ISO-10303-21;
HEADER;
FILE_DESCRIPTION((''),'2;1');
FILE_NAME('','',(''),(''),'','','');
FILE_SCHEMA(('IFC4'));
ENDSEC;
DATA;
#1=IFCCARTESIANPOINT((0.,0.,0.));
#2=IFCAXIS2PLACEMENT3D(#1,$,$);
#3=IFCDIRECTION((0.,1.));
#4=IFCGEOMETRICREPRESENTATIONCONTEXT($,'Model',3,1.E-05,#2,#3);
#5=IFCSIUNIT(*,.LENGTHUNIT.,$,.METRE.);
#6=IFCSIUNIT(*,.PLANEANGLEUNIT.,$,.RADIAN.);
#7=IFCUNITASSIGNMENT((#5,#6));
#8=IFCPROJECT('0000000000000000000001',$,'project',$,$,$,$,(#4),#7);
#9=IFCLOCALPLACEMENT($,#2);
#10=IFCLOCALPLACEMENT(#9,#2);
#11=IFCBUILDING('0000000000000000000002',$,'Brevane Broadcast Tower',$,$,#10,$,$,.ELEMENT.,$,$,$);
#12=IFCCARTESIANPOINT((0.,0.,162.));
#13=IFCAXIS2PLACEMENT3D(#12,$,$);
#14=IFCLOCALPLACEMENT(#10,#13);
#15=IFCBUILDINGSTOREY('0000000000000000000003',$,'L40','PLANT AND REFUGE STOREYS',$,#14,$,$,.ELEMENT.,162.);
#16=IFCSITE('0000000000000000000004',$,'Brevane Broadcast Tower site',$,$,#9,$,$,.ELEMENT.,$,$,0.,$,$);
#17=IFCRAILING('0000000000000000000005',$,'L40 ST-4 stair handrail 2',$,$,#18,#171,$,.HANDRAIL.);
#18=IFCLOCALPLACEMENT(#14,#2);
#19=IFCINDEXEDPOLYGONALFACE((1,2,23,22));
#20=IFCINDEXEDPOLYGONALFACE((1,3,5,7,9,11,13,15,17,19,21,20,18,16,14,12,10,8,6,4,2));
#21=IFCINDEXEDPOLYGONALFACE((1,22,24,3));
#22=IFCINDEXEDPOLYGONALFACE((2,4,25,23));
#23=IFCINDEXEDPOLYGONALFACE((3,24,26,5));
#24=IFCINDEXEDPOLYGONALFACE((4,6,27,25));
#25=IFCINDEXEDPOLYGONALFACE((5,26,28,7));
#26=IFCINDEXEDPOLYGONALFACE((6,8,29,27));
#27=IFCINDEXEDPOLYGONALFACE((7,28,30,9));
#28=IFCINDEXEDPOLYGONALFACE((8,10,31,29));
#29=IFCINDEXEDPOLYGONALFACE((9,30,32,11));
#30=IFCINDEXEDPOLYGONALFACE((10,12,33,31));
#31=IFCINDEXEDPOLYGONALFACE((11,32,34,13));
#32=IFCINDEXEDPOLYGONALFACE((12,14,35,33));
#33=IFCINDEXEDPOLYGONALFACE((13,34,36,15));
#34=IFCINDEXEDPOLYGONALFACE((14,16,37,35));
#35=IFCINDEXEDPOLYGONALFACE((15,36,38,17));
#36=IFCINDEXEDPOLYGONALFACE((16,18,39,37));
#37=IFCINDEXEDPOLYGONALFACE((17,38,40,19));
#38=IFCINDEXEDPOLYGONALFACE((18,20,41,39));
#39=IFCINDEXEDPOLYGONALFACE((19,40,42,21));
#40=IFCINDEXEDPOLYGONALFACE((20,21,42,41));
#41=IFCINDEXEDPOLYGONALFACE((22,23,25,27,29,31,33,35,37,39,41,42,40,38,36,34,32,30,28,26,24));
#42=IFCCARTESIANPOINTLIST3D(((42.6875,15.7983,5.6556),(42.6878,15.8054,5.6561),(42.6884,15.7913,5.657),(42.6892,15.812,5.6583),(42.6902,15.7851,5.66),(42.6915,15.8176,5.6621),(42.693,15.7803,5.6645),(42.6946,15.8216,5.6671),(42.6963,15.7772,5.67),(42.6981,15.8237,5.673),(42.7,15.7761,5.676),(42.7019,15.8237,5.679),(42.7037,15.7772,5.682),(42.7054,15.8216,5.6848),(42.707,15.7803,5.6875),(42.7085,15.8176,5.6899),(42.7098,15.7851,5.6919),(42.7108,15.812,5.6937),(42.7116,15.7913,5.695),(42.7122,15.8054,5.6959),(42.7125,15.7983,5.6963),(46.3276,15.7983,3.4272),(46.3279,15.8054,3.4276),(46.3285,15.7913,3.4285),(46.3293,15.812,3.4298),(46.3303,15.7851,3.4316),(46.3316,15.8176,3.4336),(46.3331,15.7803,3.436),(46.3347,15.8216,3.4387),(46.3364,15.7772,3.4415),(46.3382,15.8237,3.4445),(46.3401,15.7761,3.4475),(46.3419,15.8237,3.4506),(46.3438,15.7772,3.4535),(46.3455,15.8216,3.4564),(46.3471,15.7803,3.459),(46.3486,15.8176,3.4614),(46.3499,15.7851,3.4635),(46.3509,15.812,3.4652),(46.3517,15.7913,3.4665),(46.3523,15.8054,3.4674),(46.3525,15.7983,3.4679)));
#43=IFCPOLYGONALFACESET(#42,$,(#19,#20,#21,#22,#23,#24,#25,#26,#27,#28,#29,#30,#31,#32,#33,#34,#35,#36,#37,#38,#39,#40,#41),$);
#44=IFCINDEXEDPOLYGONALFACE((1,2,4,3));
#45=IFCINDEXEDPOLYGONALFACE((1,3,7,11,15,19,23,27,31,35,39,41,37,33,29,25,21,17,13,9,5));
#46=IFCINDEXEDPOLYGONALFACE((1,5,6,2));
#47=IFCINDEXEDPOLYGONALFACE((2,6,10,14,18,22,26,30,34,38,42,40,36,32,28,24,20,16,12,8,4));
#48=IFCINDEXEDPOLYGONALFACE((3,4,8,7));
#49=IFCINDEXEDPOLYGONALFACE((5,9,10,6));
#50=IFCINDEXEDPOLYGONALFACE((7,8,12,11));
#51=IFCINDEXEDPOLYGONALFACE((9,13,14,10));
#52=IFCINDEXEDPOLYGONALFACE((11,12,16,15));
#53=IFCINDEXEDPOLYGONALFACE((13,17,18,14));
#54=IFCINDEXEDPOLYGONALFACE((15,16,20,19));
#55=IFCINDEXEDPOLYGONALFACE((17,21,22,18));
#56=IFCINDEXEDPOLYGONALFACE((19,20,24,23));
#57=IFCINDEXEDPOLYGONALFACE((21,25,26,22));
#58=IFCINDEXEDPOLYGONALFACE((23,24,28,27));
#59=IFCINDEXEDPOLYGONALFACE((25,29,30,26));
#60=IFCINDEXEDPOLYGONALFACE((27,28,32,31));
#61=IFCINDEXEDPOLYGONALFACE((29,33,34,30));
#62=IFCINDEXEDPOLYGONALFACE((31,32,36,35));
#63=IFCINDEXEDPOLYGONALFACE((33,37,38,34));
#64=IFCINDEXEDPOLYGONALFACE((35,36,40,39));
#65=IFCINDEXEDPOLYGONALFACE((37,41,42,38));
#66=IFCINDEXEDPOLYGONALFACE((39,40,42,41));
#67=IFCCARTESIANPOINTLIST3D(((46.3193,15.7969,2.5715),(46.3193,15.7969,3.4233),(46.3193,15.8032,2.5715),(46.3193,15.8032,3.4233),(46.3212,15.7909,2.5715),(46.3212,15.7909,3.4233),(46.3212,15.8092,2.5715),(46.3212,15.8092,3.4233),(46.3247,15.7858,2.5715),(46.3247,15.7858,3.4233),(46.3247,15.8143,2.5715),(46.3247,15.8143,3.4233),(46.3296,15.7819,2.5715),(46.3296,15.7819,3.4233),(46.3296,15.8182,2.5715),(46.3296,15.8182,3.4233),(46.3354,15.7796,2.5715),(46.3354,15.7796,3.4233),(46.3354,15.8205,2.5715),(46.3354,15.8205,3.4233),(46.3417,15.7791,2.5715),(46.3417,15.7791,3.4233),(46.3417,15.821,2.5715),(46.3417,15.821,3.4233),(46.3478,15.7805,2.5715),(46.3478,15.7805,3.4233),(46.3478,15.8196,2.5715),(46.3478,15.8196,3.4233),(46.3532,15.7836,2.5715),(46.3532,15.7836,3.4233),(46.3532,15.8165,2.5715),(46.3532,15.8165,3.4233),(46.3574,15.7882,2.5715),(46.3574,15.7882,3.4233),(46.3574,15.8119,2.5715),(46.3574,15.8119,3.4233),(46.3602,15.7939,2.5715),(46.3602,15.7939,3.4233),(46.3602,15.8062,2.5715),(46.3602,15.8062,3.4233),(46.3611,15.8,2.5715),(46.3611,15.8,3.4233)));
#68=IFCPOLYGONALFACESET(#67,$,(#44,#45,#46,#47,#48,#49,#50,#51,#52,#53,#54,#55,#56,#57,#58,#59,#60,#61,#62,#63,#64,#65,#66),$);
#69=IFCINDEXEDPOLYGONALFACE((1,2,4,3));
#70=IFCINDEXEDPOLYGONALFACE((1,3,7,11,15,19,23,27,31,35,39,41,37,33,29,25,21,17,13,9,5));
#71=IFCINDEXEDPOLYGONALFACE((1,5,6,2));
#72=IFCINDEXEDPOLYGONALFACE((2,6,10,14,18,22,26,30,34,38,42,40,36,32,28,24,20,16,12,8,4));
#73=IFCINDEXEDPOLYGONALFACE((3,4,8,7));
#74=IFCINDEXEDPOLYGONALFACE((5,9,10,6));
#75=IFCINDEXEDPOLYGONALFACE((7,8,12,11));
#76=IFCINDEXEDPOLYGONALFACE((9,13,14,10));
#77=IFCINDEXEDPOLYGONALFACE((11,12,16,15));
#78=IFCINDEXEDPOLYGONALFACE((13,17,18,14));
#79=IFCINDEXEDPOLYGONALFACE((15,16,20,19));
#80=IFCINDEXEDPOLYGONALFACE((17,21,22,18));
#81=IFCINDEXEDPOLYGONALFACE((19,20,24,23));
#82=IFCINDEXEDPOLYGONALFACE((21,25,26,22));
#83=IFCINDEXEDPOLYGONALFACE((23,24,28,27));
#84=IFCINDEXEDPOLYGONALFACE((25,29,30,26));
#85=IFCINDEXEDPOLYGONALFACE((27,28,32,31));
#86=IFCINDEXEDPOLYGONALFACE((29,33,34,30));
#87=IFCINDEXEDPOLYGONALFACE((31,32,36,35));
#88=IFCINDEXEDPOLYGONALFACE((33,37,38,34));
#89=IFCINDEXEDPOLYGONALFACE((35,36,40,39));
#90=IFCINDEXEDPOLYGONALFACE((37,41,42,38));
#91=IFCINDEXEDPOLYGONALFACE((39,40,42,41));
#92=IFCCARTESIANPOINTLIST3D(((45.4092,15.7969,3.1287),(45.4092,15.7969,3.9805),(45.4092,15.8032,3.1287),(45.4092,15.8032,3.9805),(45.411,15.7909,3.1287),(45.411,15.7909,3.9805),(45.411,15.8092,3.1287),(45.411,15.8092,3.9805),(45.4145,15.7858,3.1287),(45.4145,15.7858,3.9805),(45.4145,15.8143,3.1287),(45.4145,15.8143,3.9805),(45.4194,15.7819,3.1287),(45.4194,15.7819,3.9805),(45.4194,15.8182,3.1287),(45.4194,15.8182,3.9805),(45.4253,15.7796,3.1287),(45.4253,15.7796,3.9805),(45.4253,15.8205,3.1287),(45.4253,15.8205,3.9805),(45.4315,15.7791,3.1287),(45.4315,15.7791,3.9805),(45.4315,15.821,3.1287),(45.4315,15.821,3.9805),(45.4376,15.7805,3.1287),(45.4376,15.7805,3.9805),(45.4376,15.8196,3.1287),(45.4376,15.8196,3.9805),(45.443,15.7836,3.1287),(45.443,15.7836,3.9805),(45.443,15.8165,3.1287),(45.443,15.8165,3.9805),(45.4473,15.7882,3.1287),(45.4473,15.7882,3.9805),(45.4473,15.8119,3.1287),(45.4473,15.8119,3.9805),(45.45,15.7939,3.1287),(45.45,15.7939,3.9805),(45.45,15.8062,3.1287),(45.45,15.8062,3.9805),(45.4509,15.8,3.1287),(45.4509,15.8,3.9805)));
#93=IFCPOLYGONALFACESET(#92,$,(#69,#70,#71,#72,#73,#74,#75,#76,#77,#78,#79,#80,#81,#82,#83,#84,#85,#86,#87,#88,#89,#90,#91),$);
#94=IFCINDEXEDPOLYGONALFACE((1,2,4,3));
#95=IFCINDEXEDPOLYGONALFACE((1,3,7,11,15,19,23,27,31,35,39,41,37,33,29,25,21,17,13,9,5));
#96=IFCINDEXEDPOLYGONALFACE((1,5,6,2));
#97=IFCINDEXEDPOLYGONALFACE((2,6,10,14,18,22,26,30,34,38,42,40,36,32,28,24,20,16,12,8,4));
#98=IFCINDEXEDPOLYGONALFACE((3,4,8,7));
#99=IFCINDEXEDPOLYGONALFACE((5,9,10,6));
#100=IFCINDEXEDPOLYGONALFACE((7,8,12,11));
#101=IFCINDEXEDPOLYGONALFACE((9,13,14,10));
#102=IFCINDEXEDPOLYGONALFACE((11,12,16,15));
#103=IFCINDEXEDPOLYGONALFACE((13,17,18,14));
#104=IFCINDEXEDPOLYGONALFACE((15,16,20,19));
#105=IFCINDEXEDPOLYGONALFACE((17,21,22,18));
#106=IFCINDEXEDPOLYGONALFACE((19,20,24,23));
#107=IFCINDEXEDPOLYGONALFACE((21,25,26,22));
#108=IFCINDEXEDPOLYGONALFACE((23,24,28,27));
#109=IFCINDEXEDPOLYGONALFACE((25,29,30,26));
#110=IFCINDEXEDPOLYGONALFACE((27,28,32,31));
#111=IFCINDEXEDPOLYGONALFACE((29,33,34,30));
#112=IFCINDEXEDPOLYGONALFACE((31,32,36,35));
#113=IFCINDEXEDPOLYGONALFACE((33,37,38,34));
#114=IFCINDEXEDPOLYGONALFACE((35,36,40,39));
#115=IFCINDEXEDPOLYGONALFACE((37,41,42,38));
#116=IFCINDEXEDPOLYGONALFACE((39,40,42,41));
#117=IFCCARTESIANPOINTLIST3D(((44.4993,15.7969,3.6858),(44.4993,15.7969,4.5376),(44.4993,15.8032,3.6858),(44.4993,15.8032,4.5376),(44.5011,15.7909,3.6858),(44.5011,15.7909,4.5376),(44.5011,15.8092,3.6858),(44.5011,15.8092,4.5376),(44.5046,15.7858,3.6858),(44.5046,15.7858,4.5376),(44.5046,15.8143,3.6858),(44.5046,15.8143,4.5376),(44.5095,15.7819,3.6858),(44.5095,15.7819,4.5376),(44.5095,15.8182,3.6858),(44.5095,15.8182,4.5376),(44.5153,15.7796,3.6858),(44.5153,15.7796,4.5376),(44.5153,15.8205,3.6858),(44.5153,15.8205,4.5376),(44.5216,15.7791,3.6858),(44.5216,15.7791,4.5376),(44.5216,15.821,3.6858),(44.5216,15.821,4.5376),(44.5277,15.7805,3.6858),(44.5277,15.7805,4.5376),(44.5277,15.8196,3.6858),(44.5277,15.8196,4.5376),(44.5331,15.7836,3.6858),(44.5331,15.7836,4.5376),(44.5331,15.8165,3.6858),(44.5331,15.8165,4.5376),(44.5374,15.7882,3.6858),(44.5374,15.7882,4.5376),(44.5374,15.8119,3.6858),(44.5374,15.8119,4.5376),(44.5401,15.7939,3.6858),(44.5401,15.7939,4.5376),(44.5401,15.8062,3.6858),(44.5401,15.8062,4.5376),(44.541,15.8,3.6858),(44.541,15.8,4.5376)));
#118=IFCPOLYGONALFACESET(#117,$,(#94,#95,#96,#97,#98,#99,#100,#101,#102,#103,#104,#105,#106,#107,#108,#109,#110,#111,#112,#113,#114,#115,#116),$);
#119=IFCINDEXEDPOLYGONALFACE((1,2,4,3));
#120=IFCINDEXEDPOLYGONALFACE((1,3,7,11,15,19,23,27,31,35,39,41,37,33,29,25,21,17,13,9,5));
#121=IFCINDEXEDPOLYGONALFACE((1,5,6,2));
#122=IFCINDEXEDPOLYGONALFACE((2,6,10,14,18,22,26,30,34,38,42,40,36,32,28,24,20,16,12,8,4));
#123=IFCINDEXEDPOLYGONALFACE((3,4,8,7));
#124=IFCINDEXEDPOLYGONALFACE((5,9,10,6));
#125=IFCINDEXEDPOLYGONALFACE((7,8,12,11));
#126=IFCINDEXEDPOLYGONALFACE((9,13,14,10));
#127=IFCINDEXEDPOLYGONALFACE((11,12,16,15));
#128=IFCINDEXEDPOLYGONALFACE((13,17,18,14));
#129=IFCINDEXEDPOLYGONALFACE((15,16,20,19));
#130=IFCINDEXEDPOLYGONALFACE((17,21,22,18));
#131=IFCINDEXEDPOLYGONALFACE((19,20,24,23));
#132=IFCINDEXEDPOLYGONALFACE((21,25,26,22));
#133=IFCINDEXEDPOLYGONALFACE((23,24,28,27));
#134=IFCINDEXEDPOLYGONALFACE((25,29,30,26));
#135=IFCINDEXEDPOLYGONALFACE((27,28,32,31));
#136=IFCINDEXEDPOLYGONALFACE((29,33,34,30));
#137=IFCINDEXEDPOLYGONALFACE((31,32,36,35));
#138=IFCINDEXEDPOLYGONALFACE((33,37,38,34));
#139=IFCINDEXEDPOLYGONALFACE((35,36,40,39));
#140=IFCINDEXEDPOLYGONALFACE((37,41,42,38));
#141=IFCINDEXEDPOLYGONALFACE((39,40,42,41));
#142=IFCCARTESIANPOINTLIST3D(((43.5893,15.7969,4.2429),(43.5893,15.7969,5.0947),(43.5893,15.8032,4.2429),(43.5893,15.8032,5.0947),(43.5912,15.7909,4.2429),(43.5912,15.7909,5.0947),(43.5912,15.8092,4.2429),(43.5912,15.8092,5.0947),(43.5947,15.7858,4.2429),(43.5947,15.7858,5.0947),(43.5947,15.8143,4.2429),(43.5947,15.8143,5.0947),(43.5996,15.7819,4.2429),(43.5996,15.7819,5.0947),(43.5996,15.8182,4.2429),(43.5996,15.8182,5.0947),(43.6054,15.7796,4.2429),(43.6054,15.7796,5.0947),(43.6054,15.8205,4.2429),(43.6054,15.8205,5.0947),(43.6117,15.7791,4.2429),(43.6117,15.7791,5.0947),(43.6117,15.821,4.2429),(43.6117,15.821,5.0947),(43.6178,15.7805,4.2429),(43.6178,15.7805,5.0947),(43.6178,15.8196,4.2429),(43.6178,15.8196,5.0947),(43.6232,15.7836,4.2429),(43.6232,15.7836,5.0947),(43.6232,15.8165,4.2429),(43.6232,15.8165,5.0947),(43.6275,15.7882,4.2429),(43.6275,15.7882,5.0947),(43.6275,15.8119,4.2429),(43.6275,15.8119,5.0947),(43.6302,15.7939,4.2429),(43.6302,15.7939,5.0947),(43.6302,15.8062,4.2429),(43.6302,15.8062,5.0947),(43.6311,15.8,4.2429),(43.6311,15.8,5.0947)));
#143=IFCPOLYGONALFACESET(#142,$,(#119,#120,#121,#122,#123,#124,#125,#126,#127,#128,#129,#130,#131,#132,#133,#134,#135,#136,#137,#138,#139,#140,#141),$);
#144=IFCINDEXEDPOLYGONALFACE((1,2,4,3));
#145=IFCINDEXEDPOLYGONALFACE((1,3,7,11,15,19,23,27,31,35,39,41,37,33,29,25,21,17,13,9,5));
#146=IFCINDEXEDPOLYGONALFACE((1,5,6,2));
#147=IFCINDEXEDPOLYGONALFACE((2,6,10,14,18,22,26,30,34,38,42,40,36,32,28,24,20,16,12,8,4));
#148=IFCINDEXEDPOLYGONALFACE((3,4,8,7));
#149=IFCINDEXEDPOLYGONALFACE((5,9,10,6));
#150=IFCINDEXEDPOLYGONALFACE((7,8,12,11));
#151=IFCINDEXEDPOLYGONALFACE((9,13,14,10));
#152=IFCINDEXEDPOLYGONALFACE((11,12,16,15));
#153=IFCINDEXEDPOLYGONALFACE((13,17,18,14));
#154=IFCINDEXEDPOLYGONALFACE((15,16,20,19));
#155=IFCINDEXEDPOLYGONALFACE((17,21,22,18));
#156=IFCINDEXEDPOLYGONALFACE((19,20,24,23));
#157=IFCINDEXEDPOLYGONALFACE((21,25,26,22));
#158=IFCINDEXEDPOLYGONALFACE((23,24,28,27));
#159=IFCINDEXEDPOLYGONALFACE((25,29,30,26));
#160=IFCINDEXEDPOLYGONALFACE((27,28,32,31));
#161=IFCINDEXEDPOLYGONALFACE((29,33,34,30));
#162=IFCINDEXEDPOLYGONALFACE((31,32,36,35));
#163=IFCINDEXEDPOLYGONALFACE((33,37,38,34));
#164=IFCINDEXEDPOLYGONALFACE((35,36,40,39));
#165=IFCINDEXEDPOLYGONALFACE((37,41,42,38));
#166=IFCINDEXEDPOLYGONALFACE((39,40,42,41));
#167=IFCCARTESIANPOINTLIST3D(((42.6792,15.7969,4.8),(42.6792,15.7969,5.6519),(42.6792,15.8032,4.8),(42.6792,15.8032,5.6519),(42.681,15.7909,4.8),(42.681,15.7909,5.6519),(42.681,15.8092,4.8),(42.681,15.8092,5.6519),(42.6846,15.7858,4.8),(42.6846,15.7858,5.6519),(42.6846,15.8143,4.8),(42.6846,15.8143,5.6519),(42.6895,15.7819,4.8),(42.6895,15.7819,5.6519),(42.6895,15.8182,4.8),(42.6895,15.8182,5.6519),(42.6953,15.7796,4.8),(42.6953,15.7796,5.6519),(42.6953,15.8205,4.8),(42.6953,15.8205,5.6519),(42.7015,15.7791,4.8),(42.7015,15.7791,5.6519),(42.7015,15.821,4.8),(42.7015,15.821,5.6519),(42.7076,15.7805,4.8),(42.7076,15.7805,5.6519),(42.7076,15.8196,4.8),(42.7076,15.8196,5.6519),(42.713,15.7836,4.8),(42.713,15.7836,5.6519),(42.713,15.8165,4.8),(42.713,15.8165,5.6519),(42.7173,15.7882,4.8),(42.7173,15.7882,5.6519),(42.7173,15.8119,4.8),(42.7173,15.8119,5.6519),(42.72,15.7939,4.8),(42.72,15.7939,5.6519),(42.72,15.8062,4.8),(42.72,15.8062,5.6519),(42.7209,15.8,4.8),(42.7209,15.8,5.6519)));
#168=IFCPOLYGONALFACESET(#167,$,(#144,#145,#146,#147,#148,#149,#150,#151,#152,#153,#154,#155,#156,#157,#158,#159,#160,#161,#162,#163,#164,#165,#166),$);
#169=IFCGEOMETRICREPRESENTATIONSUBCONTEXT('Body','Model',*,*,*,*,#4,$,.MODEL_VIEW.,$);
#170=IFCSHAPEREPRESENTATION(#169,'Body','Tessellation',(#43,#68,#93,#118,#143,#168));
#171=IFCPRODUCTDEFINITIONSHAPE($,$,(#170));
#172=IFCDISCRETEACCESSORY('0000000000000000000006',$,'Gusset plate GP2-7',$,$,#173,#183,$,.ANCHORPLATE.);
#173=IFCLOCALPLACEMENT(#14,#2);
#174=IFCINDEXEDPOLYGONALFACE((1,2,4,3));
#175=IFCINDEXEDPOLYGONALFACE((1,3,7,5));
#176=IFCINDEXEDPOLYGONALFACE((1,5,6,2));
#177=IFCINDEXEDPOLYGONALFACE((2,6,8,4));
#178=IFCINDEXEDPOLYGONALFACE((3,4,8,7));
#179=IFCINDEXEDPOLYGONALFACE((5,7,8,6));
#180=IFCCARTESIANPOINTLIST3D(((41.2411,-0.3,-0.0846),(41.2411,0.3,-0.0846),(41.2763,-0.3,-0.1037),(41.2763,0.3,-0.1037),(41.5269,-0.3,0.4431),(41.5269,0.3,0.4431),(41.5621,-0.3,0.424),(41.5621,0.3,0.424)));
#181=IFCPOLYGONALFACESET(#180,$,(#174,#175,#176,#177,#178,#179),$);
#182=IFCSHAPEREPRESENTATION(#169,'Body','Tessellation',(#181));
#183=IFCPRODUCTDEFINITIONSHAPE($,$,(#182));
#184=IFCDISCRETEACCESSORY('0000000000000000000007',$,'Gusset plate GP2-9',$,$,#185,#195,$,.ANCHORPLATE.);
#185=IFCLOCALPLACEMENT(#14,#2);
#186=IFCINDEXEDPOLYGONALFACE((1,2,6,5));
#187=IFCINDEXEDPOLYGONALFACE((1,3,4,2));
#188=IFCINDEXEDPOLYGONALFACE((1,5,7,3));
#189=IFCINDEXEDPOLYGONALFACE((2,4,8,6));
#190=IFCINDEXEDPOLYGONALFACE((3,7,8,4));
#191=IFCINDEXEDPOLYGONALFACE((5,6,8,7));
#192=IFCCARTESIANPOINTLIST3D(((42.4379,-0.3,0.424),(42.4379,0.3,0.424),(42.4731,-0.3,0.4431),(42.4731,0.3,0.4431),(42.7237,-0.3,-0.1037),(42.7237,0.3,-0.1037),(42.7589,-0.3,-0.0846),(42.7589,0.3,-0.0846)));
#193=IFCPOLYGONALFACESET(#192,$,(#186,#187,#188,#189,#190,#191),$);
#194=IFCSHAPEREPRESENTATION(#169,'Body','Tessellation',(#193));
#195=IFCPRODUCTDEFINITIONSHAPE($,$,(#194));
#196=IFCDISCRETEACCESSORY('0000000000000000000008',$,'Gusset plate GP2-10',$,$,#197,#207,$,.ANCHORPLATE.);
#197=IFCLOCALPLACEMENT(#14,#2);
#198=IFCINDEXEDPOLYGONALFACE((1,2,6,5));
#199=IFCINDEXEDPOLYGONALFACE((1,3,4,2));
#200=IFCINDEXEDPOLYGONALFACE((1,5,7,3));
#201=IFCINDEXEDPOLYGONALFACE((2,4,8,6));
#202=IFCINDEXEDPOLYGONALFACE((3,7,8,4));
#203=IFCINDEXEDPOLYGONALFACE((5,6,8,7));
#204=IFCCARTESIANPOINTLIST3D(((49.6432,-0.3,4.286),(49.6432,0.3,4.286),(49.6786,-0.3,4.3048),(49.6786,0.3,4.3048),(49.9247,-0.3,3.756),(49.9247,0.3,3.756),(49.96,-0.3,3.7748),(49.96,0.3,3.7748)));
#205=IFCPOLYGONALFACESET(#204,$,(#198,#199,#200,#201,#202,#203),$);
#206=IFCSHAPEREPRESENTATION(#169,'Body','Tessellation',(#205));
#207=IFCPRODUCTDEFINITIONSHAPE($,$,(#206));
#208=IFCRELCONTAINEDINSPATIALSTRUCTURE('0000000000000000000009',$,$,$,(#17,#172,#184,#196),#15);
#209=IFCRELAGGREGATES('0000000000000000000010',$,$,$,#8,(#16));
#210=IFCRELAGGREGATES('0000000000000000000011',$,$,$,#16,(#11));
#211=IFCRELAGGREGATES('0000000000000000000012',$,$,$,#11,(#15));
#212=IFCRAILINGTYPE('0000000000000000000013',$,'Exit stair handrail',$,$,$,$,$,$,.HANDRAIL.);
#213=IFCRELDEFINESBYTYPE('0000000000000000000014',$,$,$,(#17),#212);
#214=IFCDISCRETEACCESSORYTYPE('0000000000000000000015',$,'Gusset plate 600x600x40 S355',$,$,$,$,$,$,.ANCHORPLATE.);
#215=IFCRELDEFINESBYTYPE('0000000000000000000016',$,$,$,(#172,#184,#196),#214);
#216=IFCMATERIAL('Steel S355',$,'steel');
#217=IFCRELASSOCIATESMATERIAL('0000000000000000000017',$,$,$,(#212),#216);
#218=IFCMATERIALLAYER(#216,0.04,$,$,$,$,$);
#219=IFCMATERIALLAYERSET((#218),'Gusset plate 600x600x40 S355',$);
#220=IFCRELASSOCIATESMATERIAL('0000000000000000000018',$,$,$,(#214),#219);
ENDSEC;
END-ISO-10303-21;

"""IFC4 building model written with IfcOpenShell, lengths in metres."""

from ifc_helpers import new_model, si_unit, direction, frame, origin, origin_2d, place, context, subcontext, project, spatial, rectangle, circle, extrude, material, layer, layer_set, type_object, element, save


model = new_model("IFC4")

# Units and contexts
model_context = context("Model", 3, precision=1e-05, world=origin(), true_north=direction((0.0, 1.0)))
body_context = subcontext(model_context, "Body", "Model", "MODEL_VIEW")
ifc_project = project(units=[si_unit("LENGTHUNIT", "METRE"), si_unit("PLANEANGLEUNIT", "RADIAN")], contexts=[model_context])

# Site, building, storey
site_placement = place(None, origin())
site = spatial("IfcSite", under=ifc_project, at=site_placement, Name="Brevane Broadcast Tower site", CompositionType="ELEMENT", RefElevation=0.0)
building_placement = place(site_placement, origin())
building = spatial("IfcBuilding", under=site, at=building_placement, Name="Brevane Broadcast Tower", CompositionType="ELEMENT")
storey_placement = place(building_placement, frame((0.0, 0.0, 162.0)))
storey = spatial("IfcBuildingStorey", under=building, at=storey_placement, Name="L40", Description="PLANT AND REFUGE STOREYS", CompositionType="ELEMENT", Elevation=162.0)

# Shared definitions
ifc_material_1 = material(Name="Steel S355", Category="steel")

# Railing
railing_type_1 = type_object("IfcRailingType", Name="Exit stair handrail", PredefinedType="HANDRAIL", material=ifc_material_1)
railing_1_placement = place(storey_placement, frame((46.3401, 15.8, 2.5715)))
element("IfcRailing", 1, at=railing_1_placement, inside=storey, type_object=railing_type_1, Name="L40 ST-4 stair handrail 2", PredefinedType="HANDRAIL", context=body_context, shape_type="SweptSolid", body=[
    extrude(circle(Radius=0.0239, at=origin_2d()), frame((0.0, 0.0, 0.876), z_axis=(-0.852866, 0.0, 0.52213), x_axis=(0.0, -1.0, 0.0)), (0.0, 0.0, 1.0), 4.2681),
    extrude(circle(Radius=0.021, at=origin_2d()), origin(), (0.0, 0.0, 1.0), 0.8518),
    extrude(circle(Radius=0.021, at=origin_2d()), frame((-0.9102, 0.0, 0.5571)), (0.0, 0.0, 1.0), 0.8518),
    extrude(circle(Radius=0.021, at=origin_2d()), frame((-1.8201, 0.0, 1.1143)), (0.0, 0.0, 1.0), 0.8518),
    extrude(circle(Radius=0.021, at=origin_2d()), frame((-2.73, 0.0, 1.6714)), (0.0, 0.0, 1.0), 0.8518),
    extrude(circle(Radius=0.021, at=origin_2d()), frame((-3.6401, 0.0, 2.2285)), (0.0, 0.0, 1.0), 0.8518),
])

# Discrete accessories
ifc_layer_1 = layer(ifc_material_1, 0.04)
ifc_layer_set_1 = layer_set([ifc_layer_1], Name="Gusset plate 600x600x40 S355")
discrete_accessory_type = type_object("IfcDiscreteAccessoryType", Name="Gusset plate 600x600x40 S355", PredefinedType="ANCHORPLATE", material=ifc_layer_set_1)
for number, where, z_axis, x_axis, name in (
    (2, (41.4192, 0.0, 0.1602), (-0.879292, 0.0, 0.476283), (0.0, -1.0, 0.0), "Gusset plate GP2-7"),
    (3, (42.5808, 0.0, 0.1602), (0.879292, 0.0, 0.476283), (0.0, 1.0, 0.0), "Gusset plate GP2-9"),
    (4, (49.7839, 0.0, 4.021), (0.883195, 0.0, 0.469007), (0.0, 1.0, 0.0), "Gusset plate GP2-10"),
):
    element("IfcDiscreteAccessory", number, at=place(storey_placement, frame(where, z_axis=z_axis, x_axis=x_axis)), inside=storey, type_object=discrete_accessory_type, Name=name, PredefinedType="ANCHORPLATE", context=body_context, shape_type="SweptSolid", body=[
        extrude(rectangle(XDim=0.6001, YDim=0.6001, at=origin_2d()), origin(), (0.0, 0.0, 1.0), 0.04),
    ])

save(model, "model.ifc")
